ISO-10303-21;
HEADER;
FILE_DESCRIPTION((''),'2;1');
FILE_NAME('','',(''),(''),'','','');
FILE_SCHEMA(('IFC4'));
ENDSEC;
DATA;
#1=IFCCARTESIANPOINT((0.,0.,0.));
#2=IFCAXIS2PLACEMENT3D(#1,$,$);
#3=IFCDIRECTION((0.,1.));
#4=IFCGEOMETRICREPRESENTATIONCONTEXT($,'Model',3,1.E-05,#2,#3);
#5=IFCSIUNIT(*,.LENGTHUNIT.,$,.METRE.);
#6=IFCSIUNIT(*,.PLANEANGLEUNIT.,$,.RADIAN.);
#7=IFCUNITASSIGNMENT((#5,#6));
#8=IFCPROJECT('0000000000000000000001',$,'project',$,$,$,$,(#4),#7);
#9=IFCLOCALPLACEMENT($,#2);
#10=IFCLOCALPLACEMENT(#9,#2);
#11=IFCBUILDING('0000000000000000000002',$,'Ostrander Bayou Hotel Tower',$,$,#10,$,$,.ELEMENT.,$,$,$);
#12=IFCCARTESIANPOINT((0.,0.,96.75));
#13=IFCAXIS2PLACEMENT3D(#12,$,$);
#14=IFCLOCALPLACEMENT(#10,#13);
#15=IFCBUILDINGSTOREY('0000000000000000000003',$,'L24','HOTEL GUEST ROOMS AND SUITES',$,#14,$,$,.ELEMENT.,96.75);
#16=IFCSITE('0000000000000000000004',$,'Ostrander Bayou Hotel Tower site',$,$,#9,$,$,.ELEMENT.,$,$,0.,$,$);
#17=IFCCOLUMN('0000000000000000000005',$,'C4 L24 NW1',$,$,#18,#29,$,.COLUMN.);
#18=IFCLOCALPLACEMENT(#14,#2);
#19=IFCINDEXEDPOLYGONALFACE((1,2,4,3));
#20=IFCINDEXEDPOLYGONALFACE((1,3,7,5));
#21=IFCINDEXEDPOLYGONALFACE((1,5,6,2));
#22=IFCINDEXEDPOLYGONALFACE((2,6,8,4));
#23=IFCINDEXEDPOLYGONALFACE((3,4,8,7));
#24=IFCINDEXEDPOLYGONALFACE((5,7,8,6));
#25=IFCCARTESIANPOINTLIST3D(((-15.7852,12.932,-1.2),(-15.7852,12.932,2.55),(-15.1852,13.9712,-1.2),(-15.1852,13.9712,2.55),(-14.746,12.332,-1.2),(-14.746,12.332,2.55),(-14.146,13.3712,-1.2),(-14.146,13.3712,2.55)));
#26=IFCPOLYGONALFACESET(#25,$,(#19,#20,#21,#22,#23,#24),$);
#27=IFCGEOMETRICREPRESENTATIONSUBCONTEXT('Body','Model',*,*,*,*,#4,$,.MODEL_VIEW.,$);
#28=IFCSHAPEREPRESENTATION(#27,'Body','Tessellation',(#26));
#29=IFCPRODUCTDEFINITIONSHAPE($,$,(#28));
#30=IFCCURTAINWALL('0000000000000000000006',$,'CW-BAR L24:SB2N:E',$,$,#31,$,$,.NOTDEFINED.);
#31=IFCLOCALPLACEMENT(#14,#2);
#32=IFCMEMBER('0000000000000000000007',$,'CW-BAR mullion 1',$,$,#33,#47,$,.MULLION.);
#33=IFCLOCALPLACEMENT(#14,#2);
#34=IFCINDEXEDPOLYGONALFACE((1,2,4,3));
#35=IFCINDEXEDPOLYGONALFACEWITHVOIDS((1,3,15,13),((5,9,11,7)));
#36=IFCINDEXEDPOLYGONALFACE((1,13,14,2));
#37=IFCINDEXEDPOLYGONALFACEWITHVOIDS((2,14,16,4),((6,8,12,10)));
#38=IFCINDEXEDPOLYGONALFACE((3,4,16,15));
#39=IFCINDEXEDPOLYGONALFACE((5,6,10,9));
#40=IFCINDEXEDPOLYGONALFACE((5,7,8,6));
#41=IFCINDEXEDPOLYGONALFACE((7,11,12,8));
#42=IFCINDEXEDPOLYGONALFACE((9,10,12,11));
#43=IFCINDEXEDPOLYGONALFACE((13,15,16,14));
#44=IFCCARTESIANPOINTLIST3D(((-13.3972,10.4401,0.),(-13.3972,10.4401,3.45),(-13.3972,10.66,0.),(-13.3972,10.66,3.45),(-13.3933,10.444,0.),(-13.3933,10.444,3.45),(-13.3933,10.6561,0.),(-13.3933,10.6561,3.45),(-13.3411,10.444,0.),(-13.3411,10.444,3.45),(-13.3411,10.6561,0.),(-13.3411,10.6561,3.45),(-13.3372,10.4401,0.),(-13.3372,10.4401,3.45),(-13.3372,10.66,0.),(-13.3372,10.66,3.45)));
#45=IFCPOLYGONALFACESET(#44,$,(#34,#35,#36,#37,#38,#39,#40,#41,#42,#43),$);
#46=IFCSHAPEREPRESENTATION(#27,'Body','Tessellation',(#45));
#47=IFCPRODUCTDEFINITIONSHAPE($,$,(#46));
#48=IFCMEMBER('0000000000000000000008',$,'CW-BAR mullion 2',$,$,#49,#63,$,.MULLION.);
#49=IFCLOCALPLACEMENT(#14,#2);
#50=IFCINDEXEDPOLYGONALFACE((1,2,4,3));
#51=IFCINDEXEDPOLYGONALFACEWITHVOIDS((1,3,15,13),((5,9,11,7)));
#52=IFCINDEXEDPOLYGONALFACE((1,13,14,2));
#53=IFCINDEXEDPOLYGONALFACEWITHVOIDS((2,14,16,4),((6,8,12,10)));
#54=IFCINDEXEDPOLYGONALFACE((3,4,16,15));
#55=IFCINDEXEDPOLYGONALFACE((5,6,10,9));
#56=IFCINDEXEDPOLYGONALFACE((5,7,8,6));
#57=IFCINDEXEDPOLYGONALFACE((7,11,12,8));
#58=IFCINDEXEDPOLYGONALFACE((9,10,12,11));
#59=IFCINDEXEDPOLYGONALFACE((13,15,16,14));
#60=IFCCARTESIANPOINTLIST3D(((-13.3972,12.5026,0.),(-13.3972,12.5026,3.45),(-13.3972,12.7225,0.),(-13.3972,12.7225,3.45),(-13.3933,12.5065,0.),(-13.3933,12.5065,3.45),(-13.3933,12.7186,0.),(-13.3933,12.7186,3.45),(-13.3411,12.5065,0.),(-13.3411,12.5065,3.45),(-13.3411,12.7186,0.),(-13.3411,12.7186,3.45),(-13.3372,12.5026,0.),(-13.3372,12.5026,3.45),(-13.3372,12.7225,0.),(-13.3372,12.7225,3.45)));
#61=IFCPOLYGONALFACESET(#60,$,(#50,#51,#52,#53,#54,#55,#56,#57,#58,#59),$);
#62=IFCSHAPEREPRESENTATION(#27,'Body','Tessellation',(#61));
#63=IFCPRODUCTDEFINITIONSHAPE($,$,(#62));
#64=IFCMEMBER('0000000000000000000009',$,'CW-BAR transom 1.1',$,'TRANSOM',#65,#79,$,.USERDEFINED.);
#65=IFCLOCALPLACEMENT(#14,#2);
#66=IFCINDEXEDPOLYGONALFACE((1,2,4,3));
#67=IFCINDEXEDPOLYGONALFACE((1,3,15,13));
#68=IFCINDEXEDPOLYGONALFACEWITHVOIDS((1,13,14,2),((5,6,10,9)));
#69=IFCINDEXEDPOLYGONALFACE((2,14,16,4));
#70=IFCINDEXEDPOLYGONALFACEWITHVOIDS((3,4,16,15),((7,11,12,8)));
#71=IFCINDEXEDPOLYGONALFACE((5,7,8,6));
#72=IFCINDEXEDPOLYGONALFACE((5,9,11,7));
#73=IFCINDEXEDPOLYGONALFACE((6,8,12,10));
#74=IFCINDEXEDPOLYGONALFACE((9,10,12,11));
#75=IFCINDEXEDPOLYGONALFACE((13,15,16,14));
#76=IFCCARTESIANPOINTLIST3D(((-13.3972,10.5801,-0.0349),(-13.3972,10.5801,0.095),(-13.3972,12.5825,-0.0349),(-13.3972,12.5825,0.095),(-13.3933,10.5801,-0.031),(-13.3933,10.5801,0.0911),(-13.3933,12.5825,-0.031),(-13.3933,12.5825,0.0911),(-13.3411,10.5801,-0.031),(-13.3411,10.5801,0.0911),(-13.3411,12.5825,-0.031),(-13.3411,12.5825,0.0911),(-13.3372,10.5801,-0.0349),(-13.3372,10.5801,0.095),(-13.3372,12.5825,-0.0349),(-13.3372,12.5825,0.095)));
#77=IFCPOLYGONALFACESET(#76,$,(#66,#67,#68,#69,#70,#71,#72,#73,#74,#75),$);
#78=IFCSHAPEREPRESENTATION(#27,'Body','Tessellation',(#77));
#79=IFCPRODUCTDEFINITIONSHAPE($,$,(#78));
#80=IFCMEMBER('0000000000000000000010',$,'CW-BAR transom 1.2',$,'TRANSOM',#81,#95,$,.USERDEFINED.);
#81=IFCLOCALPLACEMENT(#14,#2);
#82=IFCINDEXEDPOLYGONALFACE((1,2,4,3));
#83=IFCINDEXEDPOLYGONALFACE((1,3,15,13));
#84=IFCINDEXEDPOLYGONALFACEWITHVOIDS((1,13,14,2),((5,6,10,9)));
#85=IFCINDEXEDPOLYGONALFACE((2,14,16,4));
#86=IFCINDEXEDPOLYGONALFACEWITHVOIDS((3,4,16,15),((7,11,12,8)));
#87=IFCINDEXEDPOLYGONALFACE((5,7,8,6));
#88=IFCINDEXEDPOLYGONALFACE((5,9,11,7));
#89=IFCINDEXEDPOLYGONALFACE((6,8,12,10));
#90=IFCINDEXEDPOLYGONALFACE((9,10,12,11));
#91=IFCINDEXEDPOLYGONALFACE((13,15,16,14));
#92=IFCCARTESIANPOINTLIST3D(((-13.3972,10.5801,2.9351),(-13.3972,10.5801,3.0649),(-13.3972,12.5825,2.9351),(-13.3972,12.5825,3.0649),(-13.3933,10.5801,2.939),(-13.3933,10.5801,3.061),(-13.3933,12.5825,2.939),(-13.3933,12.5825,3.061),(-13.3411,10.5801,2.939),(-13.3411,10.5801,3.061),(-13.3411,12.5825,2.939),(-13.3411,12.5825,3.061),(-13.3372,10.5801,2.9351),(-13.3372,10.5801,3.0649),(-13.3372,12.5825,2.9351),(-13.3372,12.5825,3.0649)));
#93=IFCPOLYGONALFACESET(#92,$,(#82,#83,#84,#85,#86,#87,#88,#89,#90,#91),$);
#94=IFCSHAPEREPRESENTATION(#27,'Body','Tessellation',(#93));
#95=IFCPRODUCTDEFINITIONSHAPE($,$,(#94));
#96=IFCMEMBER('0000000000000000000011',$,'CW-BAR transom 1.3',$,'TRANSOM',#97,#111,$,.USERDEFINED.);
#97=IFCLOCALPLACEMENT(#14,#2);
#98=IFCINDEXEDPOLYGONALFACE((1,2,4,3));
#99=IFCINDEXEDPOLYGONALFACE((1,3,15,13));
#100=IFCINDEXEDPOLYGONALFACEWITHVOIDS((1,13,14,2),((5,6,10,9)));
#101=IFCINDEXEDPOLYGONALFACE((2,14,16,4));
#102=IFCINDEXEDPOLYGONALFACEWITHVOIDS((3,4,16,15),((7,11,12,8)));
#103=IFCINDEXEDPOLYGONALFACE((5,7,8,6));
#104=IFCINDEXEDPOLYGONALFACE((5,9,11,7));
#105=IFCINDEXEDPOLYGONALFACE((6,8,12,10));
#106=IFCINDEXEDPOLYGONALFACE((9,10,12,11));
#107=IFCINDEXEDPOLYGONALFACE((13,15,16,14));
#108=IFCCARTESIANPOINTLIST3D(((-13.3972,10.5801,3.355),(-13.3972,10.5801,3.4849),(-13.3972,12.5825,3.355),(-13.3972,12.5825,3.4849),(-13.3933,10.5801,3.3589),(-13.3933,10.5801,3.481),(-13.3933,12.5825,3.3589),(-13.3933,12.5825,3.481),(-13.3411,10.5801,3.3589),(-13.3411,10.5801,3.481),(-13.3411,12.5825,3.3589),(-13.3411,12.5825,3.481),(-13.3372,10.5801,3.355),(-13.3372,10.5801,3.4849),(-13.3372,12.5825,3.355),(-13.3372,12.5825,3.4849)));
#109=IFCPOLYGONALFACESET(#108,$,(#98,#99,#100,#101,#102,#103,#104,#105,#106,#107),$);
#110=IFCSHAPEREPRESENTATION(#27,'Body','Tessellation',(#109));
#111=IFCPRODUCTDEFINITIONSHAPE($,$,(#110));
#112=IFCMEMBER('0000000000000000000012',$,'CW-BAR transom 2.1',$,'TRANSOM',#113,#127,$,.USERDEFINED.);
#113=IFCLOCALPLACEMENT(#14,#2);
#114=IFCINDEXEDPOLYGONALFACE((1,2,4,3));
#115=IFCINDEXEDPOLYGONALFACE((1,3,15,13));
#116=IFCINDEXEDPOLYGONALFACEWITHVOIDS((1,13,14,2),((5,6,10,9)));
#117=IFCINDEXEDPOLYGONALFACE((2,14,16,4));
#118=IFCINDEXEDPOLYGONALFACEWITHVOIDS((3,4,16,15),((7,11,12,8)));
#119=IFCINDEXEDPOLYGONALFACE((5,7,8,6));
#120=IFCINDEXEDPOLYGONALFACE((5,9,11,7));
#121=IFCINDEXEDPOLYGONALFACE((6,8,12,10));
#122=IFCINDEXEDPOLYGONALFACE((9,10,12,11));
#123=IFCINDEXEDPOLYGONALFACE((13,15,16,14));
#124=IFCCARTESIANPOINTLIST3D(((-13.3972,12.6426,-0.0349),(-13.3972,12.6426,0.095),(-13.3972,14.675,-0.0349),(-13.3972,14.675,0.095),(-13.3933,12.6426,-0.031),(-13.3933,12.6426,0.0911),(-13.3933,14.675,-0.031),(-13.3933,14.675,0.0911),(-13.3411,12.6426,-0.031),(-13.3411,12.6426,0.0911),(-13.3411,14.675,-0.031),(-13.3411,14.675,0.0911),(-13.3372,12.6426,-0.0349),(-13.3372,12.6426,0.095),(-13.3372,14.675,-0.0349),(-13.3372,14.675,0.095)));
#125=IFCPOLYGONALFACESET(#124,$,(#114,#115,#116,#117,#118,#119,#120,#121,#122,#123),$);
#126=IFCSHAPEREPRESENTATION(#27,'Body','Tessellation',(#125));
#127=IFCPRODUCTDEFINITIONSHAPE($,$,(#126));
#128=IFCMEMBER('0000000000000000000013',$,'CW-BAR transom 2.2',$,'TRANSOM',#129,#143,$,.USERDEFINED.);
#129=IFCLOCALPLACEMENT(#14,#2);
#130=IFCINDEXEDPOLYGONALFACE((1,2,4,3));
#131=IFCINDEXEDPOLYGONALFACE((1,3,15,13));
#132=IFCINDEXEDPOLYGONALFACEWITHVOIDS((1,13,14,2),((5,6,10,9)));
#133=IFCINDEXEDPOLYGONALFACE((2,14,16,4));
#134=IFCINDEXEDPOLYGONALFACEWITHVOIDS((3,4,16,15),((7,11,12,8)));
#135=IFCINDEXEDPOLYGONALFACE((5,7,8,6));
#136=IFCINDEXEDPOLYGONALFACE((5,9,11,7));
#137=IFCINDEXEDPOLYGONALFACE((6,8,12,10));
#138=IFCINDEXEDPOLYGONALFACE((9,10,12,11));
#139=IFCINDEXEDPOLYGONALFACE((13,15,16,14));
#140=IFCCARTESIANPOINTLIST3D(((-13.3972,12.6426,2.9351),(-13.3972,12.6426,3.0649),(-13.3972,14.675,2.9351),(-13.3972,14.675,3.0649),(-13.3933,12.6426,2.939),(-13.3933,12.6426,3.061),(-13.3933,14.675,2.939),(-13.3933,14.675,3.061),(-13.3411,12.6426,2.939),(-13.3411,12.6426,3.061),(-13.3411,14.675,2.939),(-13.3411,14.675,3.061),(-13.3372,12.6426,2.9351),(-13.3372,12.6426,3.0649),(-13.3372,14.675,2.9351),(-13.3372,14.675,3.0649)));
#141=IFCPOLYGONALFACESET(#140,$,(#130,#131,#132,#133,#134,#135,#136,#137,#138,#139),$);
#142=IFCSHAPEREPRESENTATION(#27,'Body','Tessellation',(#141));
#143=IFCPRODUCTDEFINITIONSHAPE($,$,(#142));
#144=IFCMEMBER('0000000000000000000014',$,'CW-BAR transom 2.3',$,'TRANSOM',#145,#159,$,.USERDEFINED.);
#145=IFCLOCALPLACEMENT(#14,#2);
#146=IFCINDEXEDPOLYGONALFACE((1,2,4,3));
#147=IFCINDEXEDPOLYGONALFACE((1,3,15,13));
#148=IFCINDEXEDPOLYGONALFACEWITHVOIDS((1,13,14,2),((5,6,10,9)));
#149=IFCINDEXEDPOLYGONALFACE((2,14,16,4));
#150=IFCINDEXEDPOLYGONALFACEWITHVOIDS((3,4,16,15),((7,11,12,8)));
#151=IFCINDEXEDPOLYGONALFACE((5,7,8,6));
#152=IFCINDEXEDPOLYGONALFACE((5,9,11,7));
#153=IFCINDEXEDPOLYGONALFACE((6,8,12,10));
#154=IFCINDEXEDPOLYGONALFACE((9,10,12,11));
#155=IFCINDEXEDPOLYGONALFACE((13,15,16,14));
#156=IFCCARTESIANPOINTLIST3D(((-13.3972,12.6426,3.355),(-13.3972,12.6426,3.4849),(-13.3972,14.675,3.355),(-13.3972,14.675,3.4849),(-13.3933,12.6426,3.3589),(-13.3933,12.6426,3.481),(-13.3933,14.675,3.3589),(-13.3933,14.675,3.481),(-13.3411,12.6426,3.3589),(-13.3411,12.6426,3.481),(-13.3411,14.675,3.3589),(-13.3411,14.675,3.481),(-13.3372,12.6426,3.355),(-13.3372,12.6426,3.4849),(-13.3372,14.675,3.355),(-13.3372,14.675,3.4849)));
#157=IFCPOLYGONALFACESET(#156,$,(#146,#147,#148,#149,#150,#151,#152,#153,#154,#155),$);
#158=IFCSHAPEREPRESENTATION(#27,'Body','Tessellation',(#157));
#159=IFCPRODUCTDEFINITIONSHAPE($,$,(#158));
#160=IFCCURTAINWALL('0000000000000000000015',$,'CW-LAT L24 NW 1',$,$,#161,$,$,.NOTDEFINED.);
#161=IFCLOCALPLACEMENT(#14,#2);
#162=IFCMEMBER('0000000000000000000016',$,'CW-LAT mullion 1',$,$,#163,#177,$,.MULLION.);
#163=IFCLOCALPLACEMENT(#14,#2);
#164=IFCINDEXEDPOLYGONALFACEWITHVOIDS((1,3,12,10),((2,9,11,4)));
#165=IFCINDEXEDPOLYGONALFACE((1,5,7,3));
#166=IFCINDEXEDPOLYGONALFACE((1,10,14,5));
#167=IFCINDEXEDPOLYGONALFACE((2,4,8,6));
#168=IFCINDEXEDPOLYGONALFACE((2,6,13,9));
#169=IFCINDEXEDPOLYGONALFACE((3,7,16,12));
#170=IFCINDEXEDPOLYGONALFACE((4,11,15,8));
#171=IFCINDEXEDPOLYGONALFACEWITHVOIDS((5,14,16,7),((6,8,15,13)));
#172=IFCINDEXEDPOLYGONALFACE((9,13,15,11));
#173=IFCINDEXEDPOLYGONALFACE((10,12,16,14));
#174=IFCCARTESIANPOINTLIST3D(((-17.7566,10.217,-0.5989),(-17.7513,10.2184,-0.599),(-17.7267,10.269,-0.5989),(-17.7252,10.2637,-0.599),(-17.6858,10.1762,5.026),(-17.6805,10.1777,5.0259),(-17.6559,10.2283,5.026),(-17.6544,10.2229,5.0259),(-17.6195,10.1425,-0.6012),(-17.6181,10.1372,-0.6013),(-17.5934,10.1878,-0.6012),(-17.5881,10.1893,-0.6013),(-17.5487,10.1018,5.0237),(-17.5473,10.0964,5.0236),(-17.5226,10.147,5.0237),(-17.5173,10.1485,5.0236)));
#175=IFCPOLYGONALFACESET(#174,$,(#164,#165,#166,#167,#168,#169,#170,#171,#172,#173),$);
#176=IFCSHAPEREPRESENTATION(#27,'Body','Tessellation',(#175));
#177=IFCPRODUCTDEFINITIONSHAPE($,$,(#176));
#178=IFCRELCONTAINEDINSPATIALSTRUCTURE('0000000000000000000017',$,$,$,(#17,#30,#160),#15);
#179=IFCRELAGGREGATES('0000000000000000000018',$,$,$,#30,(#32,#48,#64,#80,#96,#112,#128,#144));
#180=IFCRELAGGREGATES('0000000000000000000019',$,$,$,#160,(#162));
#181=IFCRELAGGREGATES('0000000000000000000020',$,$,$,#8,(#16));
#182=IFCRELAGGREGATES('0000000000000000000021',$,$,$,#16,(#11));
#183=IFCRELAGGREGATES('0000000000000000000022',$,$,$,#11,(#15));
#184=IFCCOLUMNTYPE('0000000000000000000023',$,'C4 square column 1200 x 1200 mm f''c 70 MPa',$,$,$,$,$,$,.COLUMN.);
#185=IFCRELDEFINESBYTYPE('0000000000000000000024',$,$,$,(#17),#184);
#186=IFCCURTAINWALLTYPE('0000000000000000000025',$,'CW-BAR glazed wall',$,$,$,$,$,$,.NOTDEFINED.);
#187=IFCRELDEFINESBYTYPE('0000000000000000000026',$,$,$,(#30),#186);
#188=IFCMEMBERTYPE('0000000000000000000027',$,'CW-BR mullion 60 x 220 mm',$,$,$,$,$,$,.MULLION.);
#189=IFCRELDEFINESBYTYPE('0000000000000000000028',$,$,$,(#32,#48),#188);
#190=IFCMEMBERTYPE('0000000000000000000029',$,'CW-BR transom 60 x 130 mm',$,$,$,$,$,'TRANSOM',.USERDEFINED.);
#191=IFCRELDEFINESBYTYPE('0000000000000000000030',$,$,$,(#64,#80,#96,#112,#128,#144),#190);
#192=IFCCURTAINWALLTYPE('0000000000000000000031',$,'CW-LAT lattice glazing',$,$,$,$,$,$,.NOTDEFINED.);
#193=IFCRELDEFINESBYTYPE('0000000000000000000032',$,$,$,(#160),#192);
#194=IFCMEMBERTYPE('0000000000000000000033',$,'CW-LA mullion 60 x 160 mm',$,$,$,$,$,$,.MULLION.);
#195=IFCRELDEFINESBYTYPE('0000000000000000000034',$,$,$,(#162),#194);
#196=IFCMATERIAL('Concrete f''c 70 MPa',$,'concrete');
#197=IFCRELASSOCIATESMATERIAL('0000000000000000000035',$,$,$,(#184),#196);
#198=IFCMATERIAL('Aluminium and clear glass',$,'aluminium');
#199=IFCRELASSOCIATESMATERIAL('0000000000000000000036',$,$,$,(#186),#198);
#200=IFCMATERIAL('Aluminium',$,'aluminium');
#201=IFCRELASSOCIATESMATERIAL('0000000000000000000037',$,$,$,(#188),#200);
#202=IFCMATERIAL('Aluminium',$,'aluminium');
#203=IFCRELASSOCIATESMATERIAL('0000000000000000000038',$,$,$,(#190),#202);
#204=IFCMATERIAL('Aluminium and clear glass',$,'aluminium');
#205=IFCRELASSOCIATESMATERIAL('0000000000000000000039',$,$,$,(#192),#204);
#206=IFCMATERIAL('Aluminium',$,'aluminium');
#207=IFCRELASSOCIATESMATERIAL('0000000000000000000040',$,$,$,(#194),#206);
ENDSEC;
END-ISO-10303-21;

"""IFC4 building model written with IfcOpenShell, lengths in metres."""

from ifc_helpers import new_model, si_unit, direction, frame, origin, origin_2d, place, context, subcontext, project, spatial, rectangle, hollow_rectangle, extrude, material, material_profile, profile_set, type_object, element, aggregate, save


model = new_model("IFC4")

# Units and contexts
model_context = context("Model", 3, precision=1e-05, world=origin(), true_north=direction((0.0, 1.0)))
body_context = subcontext(model_context, "Body", "Model", "MODEL_VIEW")
ifc_project = project(units=[si_unit("LENGTHUNIT", "METRE"), si_unit("PLANEANGLEUNIT", "RADIAN")], contexts=[model_context])

# Site, building, storey
site_placement = place(None, origin())
site = spatial("IfcSite", under=ifc_project, at=site_placement, Name="Ostrander Bayou Hotel Tower site", CompositionType="ELEMENT", RefElevation=0.0)
building_placement = place(site_placement, origin())
building = spatial("IfcBuilding", under=site, at=building_placement, Name="Ostrander Bayou Hotel Tower", CompositionType="ELEMENT")
storey_placement = place(building_placement, frame((0.0, 0.0, 96.75)))
storey = spatial("IfcBuildingStorey", under=building, at=storey_placement, Name="L24", Description="HOTEL GUEST ROOMS AND SUITES", CompositionType="ELEMENT", Elevation=96.75)

# Column
ifc_material_1 = material(Name="Concrete f'c 70 MPa", Category="concrete")
ifc_material_profile_1 = material_profile(ifc_material_1, rectangle(XDim=1.2, YDim=1.2, at=origin_2d()))
ifc_profile_set_1 = profile_set([ifc_material_profile_1], Name="Concrete f'c 70 MPa")
column_type = type_object("IfcColumnType", Name="C4 square column 1200 x 1200 mm f'c 70 MPa", PredefinedType="COLUMN", material=ifc_profile_set_1)
column_placement = place(storey_placement, frame((-14.9656, 13.1516, -1.2), z_axis=(0.0, 0.0, 1.0), x_axis=(0.5, 0.866025, 0.0)))
element("IfcColumn", 1, at=column_placement, inside=storey, type_object=column_type, Name="C4 L24 NW1", PredefinedType="COLUMN", context=body_context, shape_type="SweptSolid", body=[
    extrude(rectangle(XDim=1.2, YDim=1.2, at=origin_2d()), origin(), (0.0, 0.0, 1.0), 3.75),
])

# Curtain wall, members
ifc_material_2 = material(Name="Aluminium and clear glass", Category="aluminium")
curtain_wall_type_1 = type_object("IfcCurtainWallType", Name="CW-BAR glazed wall", PredefinedType="NOTDEFINED", material=ifc_material_2)
curtain_wall_1_placement = place(storey_placement, origin())
curtain_wall_1 = element("IfcCurtainWall", 2, at=curtain_wall_1_placement, inside=storey, type_object=curtain_wall_type_1, Name="CW-BAR L24:SB2N:E", PredefinedType="NOTDEFINED")
ifc_material_3 = material(Name="Aluminium", Category="aluminium")
ifc_material_profile_2 = material_profile(ifc_material_3, hollow_rectangle(XDim=0.0601, YDim=0.22, WallThickness=0.0039, at=origin_2d()))
ifc_profile_set_2 = profile_set([ifc_material_profile_2], Name="Aluminium")
member_type_1 = type_object("IfcMemberType", Name="CW-BR mullion 60 x 220 mm", PredefinedType="MULLION", material=ifc_profile_set_2)
member_1_placement = place(storey_placement, frame((-13.3672, 10.55, 0.0), z_axis=(0.0, 0.0, 1.0), x_axis=(-1.0, 0.0, 0.0)))
member_1 = element("IfcMember", 3, at=member_1_placement, type_object=member_type_1, Name="CW-BAR mullion 1", PredefinedType="MULLION", context=body_context, shape_type="SweptSolid", body=[
    extrude(hollow_rectangle(XDim=0.0601, YDim=0.22, WallThickness=0.0039, at=origin_2d()), origin(), (0.0, 0.0, 1.0), 3.45),
])
member_2_placement = place(storey_placement, frame((-13.3672, 12.6125, 0.0), z_axis=(0.0, 0.0, 1.0), x_axis=(-1.0, 0.0, 0.0)))
member_2 = element("IfcMember", 4, at=member_2_placement, type_object=member_type_1, Name="CW-BAR mullion 2", PredefinedType="MULLION", context=body_context, shape_type="SweptSolid", body=[
    extrude(hollow_rectangle(XDim=0.0601, YDim=0.22, WallThickness=0.0039, at=origin_2d()), origin(), (0.0, 0.0, 1.0), 3.45),
])
ifc_material_4 = material(Name="Aluminium", Category="aluminium")
ifc_material_profile_3 = material_profile(ifc_material_4, hollow_rectangle(XDim=0.0601, YDim=0.1299, WallThickness=0.0039, at=origin_2d()))
ifc_profile_set_3 = profile_set([ifc_material_profile_3], Name="Aluminium")
member_type_2 = type_object("IfcMemberType", Name="CW-BR transom 60 x 130 mm", ElementType="TRANSOM", PredefinedType="USERDEFINED", material=ifc_profile_set_3)
member_3_placement = place(storey_placement, frame((-13.3672, 10.5801, 0.03), z_axis=(0.0, 1.0, 0.0), x_axis=(-1.0, 0.0, 0.0)))
member_3 = element("IfcMember", 5, at=member_3_placement, type_object=member_type_2, Name="CW-BAR transom 1.1", ObjectType="TRANSOM", PredefinedType="USERDEFINED", context=body_context, shape_type="SweptSolid", body=[
    extrude(hollow_rectangle(XDim=0.0601, YDim=0.1299, WallThickness=0.0039, at=origin_2d()), origin(), (0.0, 0.0, 1.0), 2.0024),
])
member_4_placement = place(storey_placement, frame((-13.3672, 10.5801, 3.0), z_axis=(0.0, 1.0, 0.0), x_axis=(-1.0, 0.0, 0.0)))
member_4 = element("IfcMember", 6, at=member_4_placement, type_object=member_type_2, Name="CW-BAR transom 1.2", ObjectType="TRANSOM", PredefinedType="USERDEFINED", context=body_context, shape_type="SweptSolid", body=[
    extrude(hollow_rectangle(XDim=0.0601, YDim=0.1299, WallThickness=0.0039, at=origin_2d()), origin(), (0.0, 0.0, 1.0), 2.0024),
])
member_5_placement = place(storey_placement, frame((-13.3672, 10.5801, 3.4199), z_axis=(0.0, 1.0, 0.0), x_axis=(-1.0, 0.0, 0.0)))
member_5 = element("IfcMember", 7, at=member_5_placement, type_object=member_type_2, Name="CW-BAR transom 1.3", ObjectType="TRANSOM", PredefinedType="USERDEFINED", context=body_context, shape_type="SweptSolid", body=[
    extrude(hollow_rectangle(XDim=0.0601, YDim=0.1299, WallThickness=0.0039, at=origin_2d()), origin(), (0.0, 0.0, 1.0), 2.0024),
])
member_6_placement = place(storey_placement, frame((-13.3672, 12.6426, 0.03), z_axis=(0.0, 1.0, 0.0), x_axis=(-1.0, 0.0, 0.0)))
member_6 = element("IfcMember", 8, at=member_6_placement, type_object=member_type_2, Name="CW-BAR transom 2.1", ObjectType="TRANSOM", PredefinedType="USERDEFINED", context=body_context, shape_type="SweptSolid", body=[
    extrude(hollow_rectangle(XDim=0.0601, YDim=0.1299, WallThickness=0.0039, at=origin_2d()), origin(), (0.0, 0.0, 1.0), 2.0325),
])
member_7_placement = place(storey_placement, frame((-13.3672, 12.6426, 3.0), z_axis=(0.0, 1.0, 0.0), x_axis=(-1.0, 0.0, 0.0)))
member_7 = element("IfcMember", 9, at=member_7_placement, type_object=member_type_2, Name="CW-BAR transom 2.2", ObjectType="TRANSOM", PredefinedType="USERDEFINED", context=body_context, shape_type="SweptSolid", body=[
    extrude(hollow_rectangle(XDim=0.0601, YDim=0.1299, WallThickness=0.0039, at=origin_2d()), origin(), (0.0, 0.0, 1.0), 2.0325),
])
member_8_placement = place(storey_placement, frame((-13.3672, 12.6426, 3.4199), z_axis=(0.0, 1.0, 0.0), x_axis=(-1.0, 0.0, 0.0)))
member_8 = element("IfcMember", 10, at=member_8_placement, type_object=member_type_2, Name="CW-BAR transom 2.3", ObjectType="TRANSOM", PredefinedType="USERDEFINED", context=body_context, shape_type="SweptSolid", body=[
    extrude(hollow_rectangle(XDim=0.0601, YDim=0.1299, WallThickness=0.0039, at=origin_2d()), origin(), (0.0, 0.0, 1.0), 2.0325),
])

# Curtain wall, member
ifc_material_5 = material(Name="Aluminium and clear glass", Category="aluminium")
curtain_wall_type_2 = type_object("IfcCurtainWallType", Name="CW-LAT lattice glazing", PredefinedType="NOTDEFINED", material=ifc_material_5)
curtain_wall_2_placement = place(storey_placement, origin())
curtain_wall_2 = element("IfcCurtainWall", 11, at=curtain_wall_2_placement, inside=storey, type_object=curtain_wall_type_2, Name="CW-LAT L24 NW 1", PredefinedType="NOTDEFINED")
ifc_material_6 = material(Name="Aluminium", Category="aluminium")
ifc_material_profile_4 = material_profile(ifc_material_6, hollow_rectangle(XDim=0.0601, YDim=0.1599, WallThickness=0.0039, at=origin_2d()))
ifc_profile_set_4 = profile_set([ifc_material_profile_4], Name="Aluminium")
member_type_3 = type_object("IfcMemberType", Name="CW-LA mullion 60 x 160 mm", PredefinedType="MULLION", material=ifc_profile_set_4)
member_9_placement = place(storey_placement, frame((-17.6724, 10.2031, -0.6001), z_axis=(0.012585, -0.007247, 0.999895), x_axis=(0.499032, 0.866583, 0.0)))
member_9 = element("IfcMember", 12, at=member_9_placement, type_object=member_type_3, Name="CW-LAT mullion 1", PredefinedType="MULLION", context=body_context, shape_type="SweptSolid", body=[
    extrude(hollow_rectangle(XDim=0.0601, YDim=0.1599, WallThickness=0.0039, at=origin_2d()), origin(), (0.0, 0.0, 1.0), 5.6255),
])

aggregate(curtain_wall_1, [member_1, member_2, member_3, member_4, member_5, member_6, member_7, member_8])
aggregate(curtain_wall_2, [member_9])

save(model, "model.ifc")
